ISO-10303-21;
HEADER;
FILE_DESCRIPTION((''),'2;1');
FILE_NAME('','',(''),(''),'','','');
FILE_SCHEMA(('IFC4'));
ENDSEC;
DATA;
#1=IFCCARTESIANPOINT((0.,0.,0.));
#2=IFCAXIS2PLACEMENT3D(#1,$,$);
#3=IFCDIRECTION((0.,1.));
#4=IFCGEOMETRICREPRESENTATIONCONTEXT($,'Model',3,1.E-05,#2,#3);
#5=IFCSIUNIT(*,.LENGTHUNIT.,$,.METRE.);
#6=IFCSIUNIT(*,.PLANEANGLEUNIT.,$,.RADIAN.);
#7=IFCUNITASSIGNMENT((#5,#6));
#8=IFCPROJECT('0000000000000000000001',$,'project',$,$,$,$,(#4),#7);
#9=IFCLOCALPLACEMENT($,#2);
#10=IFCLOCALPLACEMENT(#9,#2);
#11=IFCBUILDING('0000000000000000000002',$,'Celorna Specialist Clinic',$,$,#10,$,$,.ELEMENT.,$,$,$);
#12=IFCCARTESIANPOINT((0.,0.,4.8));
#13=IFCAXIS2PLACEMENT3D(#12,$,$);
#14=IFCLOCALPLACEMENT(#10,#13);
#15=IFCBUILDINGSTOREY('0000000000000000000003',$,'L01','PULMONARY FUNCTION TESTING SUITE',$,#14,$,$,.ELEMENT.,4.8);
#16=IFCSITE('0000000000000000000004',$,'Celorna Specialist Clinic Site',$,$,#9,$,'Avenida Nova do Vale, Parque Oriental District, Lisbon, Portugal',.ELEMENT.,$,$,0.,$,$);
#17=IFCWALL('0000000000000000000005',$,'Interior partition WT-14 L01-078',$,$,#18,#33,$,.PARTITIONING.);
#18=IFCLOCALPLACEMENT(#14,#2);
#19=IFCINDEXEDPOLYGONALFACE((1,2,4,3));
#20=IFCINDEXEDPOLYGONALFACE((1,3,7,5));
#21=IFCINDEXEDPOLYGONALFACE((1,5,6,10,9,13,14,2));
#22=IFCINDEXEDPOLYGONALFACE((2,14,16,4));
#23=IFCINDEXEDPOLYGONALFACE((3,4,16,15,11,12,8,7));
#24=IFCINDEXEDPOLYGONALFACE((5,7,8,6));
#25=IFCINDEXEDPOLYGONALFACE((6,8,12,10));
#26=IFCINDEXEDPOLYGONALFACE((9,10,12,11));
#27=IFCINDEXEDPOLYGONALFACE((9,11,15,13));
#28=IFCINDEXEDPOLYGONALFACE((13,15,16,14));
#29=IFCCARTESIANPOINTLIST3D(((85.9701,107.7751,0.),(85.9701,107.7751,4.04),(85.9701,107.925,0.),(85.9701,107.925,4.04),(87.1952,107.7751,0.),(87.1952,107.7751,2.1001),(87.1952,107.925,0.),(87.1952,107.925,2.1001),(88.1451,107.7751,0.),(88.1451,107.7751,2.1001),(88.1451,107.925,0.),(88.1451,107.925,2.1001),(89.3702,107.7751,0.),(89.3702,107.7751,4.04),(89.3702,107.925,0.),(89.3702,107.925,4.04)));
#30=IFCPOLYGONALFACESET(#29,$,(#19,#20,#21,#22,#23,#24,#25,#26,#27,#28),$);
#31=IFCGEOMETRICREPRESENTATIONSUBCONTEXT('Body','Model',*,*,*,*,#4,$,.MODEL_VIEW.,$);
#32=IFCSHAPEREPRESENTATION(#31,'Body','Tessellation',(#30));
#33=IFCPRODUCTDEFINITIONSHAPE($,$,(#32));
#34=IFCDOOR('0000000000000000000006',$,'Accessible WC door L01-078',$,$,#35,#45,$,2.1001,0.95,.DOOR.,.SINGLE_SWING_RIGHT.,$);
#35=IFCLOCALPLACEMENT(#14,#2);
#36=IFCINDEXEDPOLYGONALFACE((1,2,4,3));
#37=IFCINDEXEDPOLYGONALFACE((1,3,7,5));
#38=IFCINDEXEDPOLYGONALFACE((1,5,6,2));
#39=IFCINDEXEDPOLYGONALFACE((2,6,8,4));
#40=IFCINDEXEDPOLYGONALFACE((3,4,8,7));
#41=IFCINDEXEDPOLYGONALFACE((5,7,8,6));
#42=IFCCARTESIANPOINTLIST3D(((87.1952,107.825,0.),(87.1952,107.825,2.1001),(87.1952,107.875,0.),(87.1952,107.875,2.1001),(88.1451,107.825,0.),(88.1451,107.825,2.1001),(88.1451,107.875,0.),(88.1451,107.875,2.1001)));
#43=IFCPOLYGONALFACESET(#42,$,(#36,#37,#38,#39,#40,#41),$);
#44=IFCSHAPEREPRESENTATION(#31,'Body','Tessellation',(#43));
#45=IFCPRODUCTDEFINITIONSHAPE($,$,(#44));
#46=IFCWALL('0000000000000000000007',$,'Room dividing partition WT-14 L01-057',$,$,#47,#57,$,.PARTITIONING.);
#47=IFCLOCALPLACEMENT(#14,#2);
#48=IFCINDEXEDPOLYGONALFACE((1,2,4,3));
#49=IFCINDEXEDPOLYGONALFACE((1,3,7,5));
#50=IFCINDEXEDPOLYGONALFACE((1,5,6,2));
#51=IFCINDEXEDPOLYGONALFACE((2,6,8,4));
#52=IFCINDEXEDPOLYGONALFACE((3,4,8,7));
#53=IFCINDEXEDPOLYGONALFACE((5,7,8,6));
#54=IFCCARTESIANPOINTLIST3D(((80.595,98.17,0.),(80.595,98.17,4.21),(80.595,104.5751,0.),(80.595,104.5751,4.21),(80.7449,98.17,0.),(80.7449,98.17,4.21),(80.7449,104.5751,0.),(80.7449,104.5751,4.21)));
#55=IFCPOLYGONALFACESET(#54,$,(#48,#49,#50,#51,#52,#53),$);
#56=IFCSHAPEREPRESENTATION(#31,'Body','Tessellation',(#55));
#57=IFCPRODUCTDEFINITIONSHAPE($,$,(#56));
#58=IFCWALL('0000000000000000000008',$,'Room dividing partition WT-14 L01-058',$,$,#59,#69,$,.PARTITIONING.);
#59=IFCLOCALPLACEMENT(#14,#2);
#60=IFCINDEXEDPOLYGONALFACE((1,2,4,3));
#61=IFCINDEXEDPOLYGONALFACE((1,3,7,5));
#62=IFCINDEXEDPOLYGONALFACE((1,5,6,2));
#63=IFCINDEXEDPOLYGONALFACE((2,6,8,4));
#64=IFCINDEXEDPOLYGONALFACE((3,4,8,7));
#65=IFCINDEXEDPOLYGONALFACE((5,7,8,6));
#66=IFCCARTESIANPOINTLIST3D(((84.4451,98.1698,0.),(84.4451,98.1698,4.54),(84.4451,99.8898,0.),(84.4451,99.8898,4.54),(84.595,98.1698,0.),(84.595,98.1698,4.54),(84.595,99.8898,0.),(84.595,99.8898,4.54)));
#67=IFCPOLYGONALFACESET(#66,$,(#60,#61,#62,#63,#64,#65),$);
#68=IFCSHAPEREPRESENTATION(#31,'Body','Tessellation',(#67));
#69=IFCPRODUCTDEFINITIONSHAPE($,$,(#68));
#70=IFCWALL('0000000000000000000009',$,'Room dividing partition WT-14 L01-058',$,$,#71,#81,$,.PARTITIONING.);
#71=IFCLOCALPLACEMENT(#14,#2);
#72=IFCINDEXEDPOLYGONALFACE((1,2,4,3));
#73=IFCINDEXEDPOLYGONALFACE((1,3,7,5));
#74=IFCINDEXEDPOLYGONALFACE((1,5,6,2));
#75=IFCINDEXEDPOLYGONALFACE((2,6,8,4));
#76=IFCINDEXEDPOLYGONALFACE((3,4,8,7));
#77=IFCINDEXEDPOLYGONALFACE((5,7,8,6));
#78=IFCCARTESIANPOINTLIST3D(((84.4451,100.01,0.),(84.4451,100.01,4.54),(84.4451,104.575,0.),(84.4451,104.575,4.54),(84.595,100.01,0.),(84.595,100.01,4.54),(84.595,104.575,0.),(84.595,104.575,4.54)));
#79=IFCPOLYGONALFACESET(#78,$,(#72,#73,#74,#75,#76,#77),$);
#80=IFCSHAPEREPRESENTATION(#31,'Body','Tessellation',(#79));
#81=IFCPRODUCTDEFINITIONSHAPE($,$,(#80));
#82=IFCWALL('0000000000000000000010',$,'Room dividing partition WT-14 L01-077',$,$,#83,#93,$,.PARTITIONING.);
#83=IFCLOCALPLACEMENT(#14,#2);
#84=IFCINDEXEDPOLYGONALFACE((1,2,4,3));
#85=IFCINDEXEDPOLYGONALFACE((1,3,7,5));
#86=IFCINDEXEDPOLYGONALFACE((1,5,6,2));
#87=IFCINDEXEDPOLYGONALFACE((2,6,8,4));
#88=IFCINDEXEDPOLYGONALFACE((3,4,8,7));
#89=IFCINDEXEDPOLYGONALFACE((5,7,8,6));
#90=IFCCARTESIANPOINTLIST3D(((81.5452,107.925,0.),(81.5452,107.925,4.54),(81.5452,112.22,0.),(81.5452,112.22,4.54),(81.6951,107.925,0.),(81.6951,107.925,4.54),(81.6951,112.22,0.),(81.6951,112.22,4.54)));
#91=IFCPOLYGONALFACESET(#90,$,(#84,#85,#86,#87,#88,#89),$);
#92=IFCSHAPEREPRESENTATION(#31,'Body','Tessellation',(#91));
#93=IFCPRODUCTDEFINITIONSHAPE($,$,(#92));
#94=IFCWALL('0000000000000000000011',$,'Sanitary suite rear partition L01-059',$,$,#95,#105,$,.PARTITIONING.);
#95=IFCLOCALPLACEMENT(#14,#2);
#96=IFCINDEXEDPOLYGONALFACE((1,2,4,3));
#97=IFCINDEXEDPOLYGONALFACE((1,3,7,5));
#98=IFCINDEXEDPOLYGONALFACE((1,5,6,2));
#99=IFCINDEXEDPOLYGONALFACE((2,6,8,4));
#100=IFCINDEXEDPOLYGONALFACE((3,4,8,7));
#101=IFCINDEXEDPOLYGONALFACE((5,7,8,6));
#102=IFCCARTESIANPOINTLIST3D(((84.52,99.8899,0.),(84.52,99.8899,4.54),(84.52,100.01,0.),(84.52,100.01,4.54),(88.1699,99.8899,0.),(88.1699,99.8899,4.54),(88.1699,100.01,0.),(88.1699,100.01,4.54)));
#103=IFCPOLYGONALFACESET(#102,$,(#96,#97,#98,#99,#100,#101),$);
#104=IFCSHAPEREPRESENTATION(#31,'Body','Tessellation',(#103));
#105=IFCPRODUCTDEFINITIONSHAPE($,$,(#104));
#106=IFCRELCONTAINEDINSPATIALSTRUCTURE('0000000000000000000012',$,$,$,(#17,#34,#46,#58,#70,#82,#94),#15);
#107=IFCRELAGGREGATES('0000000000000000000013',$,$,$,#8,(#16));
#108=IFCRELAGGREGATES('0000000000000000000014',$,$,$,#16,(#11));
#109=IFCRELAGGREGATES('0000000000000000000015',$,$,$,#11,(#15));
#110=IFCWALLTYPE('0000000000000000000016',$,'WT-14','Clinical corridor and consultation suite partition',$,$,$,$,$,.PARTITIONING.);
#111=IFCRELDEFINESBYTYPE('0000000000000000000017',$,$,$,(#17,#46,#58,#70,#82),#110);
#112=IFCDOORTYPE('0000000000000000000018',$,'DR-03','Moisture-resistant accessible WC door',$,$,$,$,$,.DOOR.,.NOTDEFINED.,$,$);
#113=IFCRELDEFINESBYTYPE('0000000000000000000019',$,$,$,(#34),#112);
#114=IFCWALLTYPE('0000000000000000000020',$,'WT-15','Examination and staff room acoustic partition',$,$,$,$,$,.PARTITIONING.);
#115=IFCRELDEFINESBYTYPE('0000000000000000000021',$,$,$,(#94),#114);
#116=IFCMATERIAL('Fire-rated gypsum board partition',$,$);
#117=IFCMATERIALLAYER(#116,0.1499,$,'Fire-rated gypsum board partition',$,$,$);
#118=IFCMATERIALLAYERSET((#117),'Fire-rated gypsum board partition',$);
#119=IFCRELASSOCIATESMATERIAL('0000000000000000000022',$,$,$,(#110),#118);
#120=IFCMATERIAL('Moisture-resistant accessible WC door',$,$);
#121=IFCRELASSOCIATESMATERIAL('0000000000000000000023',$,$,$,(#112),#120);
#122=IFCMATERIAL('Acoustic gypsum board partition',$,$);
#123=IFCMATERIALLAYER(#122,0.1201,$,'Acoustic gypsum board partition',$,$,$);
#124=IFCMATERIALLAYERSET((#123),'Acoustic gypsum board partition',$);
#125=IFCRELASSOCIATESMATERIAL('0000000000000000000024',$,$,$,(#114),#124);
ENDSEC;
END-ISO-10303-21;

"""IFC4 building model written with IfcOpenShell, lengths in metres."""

from ifc_helpers import new_model, si_unit, direction, frame, frame_2d, origin, place, context, subcontext, project, spatial, rectangle, extrude, material, layer, layer_set, type_object, element, fill, save


model = new_model("IFC4")

# Units and contexts
model_context = context("Model", 3, precision=1e-05, world=origin(), true_north=direction((0.0, 1.0)))
body_context = subcontext(model_context, "Body", "Model", "MODEL_VIEW")
ifc_project = project(units=[si_unit("LENGTHUNIT", "METRE"), si_unit("PLANEANGLEUNIT", "RADIAN")], contexts=[model_context])

# Site, building, storey
site_placement = place(None, origin())
site = spatial("IfcSite", under=ifc_project, at=site_placement, Name="Celorna Specialist Clinic Site", LongName="Avenida Nova do Vale, Parque Oriental District, Lisbon, Portugal", CompositionType="ELEMENT", RefElevation=0.0)
building_placement = place(site_placement, origin())
building = spatial("IfcBuilding", under=site, at=building_placement, Name="Celorna Specialist Clinic", CompositionType="ELEMENT")
storey_placement = place(building_placement, frame((0.0, 0.0, 4.8)))
storey = spatial("IfcBuildingStorey", under=building, at=storey_placement, Name="L01", Description="PULMONARY FUNCTION TESTING SUITE", CompositionType="ELEMENT", Elevation=4.8)

# Shared definitions
ifc_material_1 = material(Name="Fire-rated gypsum board partition")
ifc_layer_1 = layer(ifc_material_1, 0.1499, Name="Fire-rated gypsum board partition")
ifc_layer_set_1 = layer_set([ifc_layer_1], Name="Fire-rated gypsum board partition")
wall_type_1 = type_object("IfcWallType", Name="WT-14", Description="Clinical corridor and consultation suite partition", PredefinedType="PARTITIONING", material=ifc_layer_set_1)

# Wall, opening, door
wall_1_placement = place(storey_placement, frame((85.97, 107.8501, 0.0), z_axis=(0.0, 0.0, 1.0), x_axis=(1.0, 0.0, 0.0)))
wall_1 = element("IfcWall", 1, at=wall_1_placement, inside=storey, type_object=wall_type_1, Name="Interior partition WT-14 L01-078", PredefinedType="PARTITIONING", context=body_context, shape_type="SweptSolid", body=[
    extrude(rectangle(XDim=3.4001, YDim=0.1499, at=frame_2d((1.7002, 0.0))), origin(), (0.0, 0.0, 1.0), 4.04),
])
opening_1_placement = place(wall_1_placement, frame((1.2251, 0.0, 0.0)))
opening_1 = element("IfcOpeningElement", 2, at=opening_1_placement, cuts=wall_1, PredefinedType="OPENING", context=body_context, shape_type="SweptSolid", body=[
    extrude(rectangle(XDim=0.95, YDim=2.1001, at=frame_2d((0.4751, 1.05))), frame((0.0, 0.085, 0.0), z_axis=(0.0, -1.0, 0.0), x_axis=(1.0, 0.0, 0.0)), (0.0, 0.0, 1.0), 0.1699),
])
ifc_material_2 = material(Name="Moisture-resistant accessible WC door")
door_type_1 = type_object("IfcDoorType", Name="DR-03", Description="Moisture-resistant accessible WC door", OperationType="NOTDEFINED", PredefinedType="DOOR", material=ifc_material_2)
door_1_placement = place(opening_1_placement, origin())
door_1 = element("IfcDoor", 3, at=door_1_placement, inside=storey, type_object=door_type_1, Name="Accessible WC door L01-078", OperationType="SINGLE_SWING_RIGHT", OverallHeight=2.1001, OverallWidth=0.95, PredefinedType="DOOR", context=body_context, shape_type="SweptSolid", body=[
    extrude(rectangle(XDim=0.95, YDim=2.1001, at=frame_2d((0.4751, 1.05))), frame((0.0, 0.0249, 0.0), z_axis=(0.0, -1.0, 0.0), x_axis=(1.0, 0.0, 0.0)), (0.0, 0.0, 1.0), 0.05),
])
fill(opening_1, door_1)

# Walls
wall_2_placement = place(storey_placement, frame((80.6699, 98.1699, 0.0), z_axis=(0.0, 0.0, 1.0), x_axis=(0.0, 1.0, 0.0)))
element("IfcWall", 4, at=wall_2_placement, inside=storey, type_object=wall_type_1, Name="Room dividing partition WT-14 L01-057", PredefinedType="PARTITIONING", context=body_context, shape_type="SweptSolid", body=[
    extrude(rectangle(XDim=6.405, YDim=0.1499, at=frame_2d((3.2026, 0.0))), origin(), (0.0, 0.0, 1.0), 4.21),
])
wall_3_placement = place(storey_placement, frame((84.52, 98.1699, 0.0), z_axis=(0.0, 0.0, 1.0), x_axis=(0.0, 1.0, 0.0)))
element("IfcWall", 5, at=wall_3_placement, inside=storey, type_object=wall_type_1, Name="Room dividing partition WT-14 L01-058", PredefinedType="PARTITIONING", context=body_context, shape_type="SweptSolid", body=[
    extrude(rectangle(XDim=1.72, YDim=0.1499, at=frame_2d((0.8599, 0.0))), origin(), (0.0, 0.0, 1.0), 4.54),
])
wall_4_placement = place(storey_placement, frame((84.52, 100.01, 0.0), z_axis=(0.0, 0.0, 1.0), x_axis=(0.0, 1.0, 0.0)))
element("IfcWall", 6, at=wall_4_placement, inside=storey, type_object=wall_type_1, Name="Room dividing partition WT-14 L01-058", PredefinedType="PARTITIONING", context=body_context, shape_type="SweptSolid", body=[
    extrude(rectangle(XDim=4.5649, YDim=0.1499, at=frame_2d((2.2825, 0.0))), origin(), (0.0, 0.0, 1.0), 4.54),
])
wall_5_placement = place(storey_placement, frame((81.6201, 107.925, 0.0), z_axis=(0.0, 0.0, 1.0), x_axis=(0.0, 1.0, 0.0)))
element("IfcWall", 7, at=wall_5_placement, inside=storey, type_object=wall_type_1, Name="Room dividing partition WT-14 L01-077", PredefinedType="PARTITIONING", context=body_context, shape_type="SweptSolid", body=[
    extrude(rectangle(XDim=4.2949, YDim=0.1499, at=frame_2d((2.1475, 0.0))), origin(), (0.0, 0.0, 1.0), 4.54),
])
ifc_material_3 = material(Name="Acoustic gypsum board partition")
ifc_layer_2 = layer(ifc_material_3, 0.1201, Name="Acoustic gypsum board partition")
ifc_layer_set_2 = layer_set([ifc_layer_2], Name="Acoustic gypsum board partition")
wall_type_2 = type_object("IfcWallType", Name="WT-15", Description="Examination and staff room acoustic partition", PredefinedType="PARTITIONING", material=ifc_layer_set_2)
wall_6_placement = place(storey_placement, frame((84.52, 99.95, 0.0), z_axis=(0.0, 0.0, 1.0), x_axis=(1.0, 0.0, 0.0)))
element("IfcWall", 8, at=wall_6_placement, inside=storey, type_object=wall_type_2, Name="Sanitary suite rear partition L01-059", PredefinedType="PARTITIONING", context=body_context, shape_type="SweptSolid", body=[
    extrude(rectangle(XDim=3.6499, YDim=0.1201, at=frame_2d((1.825, 0.0))), origin(), (0.0, 0.0, 1.0), 4.54),
])

save(model, "model.ifc")
